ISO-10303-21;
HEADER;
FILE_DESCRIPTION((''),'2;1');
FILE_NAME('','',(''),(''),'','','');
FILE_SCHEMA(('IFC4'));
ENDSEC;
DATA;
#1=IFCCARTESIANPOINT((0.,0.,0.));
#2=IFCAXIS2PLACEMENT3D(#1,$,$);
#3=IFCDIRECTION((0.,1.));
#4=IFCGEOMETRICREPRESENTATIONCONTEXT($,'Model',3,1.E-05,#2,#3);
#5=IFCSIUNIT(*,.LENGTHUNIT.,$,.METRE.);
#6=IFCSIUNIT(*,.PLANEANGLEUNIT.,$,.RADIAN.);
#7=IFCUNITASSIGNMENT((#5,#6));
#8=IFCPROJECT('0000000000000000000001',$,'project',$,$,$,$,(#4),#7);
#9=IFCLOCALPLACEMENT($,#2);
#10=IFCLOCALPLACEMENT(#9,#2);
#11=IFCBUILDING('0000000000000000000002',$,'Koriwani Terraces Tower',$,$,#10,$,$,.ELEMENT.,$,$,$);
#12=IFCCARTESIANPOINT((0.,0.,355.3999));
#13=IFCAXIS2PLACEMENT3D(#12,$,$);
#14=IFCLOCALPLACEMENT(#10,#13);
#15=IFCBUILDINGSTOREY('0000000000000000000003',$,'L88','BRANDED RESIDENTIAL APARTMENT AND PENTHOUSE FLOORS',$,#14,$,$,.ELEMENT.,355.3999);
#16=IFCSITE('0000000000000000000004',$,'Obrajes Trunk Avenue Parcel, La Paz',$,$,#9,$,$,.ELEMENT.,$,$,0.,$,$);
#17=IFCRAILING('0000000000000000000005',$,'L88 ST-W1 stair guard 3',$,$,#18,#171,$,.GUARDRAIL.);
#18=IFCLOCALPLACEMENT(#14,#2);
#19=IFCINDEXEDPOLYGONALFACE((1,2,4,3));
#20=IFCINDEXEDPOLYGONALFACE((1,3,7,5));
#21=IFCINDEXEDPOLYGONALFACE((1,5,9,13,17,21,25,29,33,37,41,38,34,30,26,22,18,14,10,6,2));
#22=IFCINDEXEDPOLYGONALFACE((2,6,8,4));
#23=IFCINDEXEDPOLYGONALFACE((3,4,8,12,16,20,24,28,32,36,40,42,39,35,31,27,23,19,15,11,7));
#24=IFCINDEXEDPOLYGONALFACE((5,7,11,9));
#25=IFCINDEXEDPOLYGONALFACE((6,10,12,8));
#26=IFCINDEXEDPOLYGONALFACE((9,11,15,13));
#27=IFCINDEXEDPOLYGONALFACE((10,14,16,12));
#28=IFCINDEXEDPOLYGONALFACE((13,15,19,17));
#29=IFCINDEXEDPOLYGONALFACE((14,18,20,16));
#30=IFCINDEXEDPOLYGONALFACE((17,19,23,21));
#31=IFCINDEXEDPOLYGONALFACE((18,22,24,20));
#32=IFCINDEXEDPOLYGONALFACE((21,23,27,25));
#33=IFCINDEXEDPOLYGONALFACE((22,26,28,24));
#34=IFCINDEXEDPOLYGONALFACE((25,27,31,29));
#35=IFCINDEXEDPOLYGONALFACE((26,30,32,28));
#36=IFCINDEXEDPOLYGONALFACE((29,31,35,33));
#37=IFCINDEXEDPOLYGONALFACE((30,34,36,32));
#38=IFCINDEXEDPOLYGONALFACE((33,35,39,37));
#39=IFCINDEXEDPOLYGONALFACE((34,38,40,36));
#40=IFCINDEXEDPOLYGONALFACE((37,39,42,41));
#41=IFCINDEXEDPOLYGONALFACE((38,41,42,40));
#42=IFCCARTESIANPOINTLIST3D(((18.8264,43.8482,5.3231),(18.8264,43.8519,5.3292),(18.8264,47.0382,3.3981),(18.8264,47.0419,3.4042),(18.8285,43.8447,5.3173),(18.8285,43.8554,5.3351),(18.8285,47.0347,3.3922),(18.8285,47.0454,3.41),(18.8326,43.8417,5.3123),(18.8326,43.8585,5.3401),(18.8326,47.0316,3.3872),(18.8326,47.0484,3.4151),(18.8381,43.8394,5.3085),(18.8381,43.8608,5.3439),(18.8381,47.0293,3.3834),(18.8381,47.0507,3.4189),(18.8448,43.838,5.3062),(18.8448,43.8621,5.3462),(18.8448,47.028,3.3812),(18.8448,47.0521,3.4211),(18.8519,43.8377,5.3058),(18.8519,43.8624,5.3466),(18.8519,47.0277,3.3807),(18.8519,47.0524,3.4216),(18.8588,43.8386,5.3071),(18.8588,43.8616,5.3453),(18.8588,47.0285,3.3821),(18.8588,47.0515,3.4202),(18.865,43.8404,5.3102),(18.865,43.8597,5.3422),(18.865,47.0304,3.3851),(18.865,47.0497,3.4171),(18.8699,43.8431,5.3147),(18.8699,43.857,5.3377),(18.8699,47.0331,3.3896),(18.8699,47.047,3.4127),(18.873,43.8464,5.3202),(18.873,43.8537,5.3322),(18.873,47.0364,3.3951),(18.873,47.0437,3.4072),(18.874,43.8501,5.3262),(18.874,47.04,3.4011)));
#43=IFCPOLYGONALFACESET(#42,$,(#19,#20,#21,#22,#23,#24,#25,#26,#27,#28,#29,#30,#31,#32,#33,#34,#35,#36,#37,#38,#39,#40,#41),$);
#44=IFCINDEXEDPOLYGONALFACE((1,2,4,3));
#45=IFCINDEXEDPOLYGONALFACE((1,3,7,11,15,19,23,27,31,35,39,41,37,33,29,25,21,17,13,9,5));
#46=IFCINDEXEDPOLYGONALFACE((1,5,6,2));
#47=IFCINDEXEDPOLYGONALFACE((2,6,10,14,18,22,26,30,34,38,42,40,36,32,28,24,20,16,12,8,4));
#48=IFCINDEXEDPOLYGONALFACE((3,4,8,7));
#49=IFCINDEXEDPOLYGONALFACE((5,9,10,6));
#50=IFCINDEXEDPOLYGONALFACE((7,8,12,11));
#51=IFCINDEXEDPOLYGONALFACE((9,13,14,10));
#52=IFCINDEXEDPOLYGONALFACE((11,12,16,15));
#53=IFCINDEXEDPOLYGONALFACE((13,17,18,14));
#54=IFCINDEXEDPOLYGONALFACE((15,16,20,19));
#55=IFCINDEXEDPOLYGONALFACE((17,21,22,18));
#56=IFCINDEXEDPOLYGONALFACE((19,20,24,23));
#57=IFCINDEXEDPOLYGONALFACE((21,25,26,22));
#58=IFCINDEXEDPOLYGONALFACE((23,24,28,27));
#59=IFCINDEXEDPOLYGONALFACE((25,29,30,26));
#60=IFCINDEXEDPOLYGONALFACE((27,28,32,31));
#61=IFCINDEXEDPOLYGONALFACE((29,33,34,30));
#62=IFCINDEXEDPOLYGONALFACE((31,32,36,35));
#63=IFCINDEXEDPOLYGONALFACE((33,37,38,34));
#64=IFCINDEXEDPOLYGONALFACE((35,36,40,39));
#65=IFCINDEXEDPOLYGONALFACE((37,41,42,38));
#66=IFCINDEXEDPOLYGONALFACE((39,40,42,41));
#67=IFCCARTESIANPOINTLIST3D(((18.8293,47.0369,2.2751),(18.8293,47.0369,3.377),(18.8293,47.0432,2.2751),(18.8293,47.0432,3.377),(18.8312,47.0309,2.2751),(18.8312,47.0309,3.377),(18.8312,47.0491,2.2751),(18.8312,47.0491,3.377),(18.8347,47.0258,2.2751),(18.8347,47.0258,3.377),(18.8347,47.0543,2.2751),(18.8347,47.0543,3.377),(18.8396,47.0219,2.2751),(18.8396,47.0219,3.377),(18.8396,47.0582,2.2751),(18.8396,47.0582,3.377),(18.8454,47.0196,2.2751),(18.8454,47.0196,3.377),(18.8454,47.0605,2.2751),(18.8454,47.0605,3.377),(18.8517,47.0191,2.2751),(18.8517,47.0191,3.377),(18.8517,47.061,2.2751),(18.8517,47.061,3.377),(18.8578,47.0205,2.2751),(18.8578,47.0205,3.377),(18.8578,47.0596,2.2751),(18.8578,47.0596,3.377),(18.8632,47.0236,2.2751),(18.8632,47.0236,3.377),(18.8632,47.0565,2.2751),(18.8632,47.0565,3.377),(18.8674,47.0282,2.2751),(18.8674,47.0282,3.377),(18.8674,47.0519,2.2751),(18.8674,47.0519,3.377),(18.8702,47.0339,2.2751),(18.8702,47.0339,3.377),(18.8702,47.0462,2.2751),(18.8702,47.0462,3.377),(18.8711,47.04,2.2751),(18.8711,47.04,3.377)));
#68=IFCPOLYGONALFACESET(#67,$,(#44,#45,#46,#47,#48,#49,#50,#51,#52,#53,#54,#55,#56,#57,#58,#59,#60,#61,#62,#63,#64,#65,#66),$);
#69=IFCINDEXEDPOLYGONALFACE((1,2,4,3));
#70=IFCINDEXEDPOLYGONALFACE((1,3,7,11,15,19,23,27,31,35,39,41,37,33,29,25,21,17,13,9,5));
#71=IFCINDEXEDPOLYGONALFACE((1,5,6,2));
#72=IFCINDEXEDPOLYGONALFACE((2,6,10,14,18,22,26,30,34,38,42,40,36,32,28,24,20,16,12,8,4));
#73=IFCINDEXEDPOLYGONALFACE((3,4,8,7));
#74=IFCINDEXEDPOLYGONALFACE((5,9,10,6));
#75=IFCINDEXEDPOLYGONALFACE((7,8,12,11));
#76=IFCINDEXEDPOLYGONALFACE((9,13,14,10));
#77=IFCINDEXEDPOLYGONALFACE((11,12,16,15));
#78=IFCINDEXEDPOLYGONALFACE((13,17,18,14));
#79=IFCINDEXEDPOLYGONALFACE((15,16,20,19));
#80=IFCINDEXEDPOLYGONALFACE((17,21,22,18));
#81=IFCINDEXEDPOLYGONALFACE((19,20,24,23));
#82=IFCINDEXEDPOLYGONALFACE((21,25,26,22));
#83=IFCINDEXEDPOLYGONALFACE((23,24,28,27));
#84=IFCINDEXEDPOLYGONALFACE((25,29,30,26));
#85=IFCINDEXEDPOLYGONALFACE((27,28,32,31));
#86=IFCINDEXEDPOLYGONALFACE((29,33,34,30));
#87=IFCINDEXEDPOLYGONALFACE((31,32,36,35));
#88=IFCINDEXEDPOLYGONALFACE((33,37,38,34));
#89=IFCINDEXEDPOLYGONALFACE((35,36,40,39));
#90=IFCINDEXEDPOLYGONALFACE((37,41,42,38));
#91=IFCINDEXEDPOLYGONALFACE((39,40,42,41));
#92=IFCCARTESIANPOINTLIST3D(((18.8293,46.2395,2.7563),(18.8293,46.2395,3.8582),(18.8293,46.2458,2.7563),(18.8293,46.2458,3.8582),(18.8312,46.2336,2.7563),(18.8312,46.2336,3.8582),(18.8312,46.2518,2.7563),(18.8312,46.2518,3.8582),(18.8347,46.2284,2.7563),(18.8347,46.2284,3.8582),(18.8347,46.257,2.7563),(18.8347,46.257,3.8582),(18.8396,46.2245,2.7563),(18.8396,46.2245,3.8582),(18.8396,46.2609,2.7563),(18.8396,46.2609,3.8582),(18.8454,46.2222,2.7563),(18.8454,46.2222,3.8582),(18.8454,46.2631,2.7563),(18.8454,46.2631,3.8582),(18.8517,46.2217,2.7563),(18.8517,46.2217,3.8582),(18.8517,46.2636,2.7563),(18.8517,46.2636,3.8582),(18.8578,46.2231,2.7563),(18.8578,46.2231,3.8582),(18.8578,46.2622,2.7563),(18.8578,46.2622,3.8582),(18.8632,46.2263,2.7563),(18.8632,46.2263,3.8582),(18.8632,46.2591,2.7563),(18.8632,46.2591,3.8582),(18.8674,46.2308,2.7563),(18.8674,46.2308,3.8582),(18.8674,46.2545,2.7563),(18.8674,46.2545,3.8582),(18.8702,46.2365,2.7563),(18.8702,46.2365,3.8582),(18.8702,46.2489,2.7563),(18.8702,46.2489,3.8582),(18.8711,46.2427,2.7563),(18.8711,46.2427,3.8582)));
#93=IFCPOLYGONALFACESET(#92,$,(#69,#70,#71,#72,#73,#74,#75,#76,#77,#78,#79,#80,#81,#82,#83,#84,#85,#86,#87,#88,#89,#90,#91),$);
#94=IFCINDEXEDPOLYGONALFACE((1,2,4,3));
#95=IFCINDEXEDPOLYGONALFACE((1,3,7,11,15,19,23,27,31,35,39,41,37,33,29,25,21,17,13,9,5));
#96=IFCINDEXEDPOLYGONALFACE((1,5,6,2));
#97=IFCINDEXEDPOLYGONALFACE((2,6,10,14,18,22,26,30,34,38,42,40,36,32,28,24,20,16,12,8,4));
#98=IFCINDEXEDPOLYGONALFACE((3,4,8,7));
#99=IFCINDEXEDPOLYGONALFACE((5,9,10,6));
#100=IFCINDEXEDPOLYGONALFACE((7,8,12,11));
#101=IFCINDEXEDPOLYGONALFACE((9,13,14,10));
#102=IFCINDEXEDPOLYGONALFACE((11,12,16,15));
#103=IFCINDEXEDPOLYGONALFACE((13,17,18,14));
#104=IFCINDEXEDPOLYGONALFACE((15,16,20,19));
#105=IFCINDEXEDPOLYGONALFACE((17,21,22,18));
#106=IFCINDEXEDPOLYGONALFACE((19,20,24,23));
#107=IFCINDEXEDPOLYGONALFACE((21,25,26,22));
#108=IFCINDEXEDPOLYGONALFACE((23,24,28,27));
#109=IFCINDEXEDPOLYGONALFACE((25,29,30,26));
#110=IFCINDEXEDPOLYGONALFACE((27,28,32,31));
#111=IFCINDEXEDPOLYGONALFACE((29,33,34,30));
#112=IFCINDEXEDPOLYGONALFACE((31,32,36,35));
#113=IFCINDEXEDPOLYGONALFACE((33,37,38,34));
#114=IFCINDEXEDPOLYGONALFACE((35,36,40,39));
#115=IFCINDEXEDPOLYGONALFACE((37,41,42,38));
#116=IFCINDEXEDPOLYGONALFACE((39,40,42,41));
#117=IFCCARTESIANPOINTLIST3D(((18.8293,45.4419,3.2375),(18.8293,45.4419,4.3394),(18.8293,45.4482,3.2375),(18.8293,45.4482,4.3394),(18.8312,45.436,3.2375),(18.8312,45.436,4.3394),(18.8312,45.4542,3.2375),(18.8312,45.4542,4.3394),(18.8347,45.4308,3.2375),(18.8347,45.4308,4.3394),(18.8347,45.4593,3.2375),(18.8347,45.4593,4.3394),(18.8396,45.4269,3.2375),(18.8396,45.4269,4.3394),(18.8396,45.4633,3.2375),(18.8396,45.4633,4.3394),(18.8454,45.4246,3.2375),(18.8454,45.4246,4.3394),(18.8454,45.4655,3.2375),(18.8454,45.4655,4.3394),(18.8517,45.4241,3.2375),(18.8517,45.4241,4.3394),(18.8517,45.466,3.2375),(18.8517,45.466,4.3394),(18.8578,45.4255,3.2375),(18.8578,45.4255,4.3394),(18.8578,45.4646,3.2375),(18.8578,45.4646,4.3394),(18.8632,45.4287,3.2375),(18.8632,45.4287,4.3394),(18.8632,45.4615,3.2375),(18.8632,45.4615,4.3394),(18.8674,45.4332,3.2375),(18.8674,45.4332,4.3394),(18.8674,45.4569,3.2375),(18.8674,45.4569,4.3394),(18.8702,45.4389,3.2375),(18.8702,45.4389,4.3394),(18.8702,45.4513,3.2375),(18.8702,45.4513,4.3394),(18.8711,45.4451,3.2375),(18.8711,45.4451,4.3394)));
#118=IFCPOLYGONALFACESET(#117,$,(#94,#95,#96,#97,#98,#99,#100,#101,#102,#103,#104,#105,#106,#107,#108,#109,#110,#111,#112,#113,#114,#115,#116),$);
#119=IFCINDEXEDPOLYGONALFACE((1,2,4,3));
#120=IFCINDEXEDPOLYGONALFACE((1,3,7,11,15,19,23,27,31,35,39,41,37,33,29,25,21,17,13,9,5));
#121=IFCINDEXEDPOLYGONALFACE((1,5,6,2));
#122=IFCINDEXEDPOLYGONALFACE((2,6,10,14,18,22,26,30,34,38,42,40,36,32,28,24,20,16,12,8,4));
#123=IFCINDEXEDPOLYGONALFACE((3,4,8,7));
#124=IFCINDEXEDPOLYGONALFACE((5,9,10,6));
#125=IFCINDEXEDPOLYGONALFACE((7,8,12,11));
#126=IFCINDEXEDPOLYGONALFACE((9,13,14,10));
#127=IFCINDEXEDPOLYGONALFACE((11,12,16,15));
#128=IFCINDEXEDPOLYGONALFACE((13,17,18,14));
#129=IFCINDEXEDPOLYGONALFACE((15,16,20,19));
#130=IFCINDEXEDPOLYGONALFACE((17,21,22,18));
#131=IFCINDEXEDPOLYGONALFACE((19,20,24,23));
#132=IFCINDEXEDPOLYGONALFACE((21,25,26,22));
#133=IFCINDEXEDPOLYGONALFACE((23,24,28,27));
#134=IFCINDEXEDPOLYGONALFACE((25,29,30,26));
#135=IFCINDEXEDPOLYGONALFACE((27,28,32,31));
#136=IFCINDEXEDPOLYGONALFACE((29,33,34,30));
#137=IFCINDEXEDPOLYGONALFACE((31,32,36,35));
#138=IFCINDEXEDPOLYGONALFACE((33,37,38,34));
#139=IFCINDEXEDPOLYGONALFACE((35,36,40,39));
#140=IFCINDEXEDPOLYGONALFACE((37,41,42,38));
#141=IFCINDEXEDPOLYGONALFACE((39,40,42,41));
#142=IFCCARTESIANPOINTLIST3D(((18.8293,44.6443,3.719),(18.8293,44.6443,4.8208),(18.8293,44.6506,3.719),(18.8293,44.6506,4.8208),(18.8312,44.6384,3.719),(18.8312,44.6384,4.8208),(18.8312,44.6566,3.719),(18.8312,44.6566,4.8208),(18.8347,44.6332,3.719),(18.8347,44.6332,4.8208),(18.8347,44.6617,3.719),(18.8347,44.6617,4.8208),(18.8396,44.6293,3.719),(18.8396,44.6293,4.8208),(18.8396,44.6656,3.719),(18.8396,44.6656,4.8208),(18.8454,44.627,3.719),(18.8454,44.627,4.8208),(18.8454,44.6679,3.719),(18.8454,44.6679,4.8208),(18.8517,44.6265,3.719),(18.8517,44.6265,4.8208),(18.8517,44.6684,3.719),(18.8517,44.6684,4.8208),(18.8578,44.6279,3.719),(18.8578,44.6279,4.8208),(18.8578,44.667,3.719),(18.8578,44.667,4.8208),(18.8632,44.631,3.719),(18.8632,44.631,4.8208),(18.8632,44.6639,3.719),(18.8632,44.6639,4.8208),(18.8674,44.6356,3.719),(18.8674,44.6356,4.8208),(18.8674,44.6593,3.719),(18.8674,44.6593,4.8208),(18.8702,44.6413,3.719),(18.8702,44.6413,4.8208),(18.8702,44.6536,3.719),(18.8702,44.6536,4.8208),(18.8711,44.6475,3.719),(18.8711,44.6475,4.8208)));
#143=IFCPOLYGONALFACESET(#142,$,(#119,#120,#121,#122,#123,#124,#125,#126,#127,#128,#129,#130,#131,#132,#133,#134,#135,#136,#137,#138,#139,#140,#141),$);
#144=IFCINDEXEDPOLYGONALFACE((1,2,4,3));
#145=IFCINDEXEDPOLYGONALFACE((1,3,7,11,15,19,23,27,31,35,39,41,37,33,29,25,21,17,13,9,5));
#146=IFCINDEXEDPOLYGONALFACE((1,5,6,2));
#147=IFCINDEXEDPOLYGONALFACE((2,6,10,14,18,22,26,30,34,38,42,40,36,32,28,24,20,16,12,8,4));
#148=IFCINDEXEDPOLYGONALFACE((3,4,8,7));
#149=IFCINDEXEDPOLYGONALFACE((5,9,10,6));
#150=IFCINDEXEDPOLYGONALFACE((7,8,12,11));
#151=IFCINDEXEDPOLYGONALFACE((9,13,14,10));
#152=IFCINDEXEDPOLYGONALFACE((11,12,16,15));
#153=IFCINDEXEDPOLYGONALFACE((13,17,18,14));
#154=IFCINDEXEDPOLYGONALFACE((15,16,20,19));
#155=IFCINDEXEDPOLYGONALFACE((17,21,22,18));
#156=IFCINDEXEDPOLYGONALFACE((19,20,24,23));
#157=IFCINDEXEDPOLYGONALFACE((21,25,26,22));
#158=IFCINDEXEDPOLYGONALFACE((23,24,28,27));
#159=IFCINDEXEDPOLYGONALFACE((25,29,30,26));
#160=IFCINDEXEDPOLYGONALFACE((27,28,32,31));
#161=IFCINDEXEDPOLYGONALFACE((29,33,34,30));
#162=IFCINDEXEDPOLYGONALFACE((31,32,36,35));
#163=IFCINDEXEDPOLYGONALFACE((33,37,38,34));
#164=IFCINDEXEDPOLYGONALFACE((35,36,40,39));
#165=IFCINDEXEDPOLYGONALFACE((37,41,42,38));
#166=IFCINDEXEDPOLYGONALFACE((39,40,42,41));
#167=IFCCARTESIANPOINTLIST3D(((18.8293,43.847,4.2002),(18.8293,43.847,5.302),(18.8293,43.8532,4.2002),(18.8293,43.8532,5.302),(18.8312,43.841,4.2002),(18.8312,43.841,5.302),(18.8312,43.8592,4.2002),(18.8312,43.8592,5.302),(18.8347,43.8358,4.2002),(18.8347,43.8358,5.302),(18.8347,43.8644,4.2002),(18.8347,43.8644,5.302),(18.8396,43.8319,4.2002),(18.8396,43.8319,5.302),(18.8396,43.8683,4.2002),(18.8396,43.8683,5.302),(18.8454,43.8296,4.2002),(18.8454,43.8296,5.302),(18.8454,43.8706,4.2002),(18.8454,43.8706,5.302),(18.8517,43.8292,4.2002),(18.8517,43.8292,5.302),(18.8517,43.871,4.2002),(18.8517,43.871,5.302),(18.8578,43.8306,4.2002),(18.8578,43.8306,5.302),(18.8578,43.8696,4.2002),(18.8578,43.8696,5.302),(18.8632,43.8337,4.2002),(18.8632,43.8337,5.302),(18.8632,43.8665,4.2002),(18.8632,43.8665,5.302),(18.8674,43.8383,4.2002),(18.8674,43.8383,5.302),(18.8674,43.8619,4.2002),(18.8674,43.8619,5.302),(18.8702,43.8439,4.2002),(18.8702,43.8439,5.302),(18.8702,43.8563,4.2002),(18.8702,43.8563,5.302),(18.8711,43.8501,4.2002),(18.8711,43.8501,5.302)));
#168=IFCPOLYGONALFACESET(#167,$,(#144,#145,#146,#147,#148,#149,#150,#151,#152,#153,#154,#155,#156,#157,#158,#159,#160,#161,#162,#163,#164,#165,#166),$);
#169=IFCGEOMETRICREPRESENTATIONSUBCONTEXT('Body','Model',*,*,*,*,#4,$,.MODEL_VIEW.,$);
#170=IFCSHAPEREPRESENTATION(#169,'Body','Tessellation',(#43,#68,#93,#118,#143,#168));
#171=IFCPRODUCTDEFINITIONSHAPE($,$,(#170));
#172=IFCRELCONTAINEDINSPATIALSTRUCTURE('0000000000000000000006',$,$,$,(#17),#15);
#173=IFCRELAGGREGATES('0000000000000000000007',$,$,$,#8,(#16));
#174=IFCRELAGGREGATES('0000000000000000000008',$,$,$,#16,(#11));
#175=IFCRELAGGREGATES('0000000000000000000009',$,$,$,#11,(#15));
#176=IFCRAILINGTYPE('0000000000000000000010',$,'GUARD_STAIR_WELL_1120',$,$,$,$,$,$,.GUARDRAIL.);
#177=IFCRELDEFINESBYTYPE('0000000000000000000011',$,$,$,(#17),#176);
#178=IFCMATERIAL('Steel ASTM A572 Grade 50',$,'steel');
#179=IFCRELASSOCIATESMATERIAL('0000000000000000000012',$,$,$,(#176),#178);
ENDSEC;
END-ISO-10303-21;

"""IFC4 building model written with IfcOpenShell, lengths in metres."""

from ifc_helpers import new_model, si_unit, direction, frame, origin, origin_2d, place, context, subcontext, project, spatial, circle, extrude, material, type_object, element, save


model = new_model("IFC4")

# Units and contexts
model_context = context("Model", 3, precision=1e-05, world=origin(), true_north=direction((0.0, 1.0)))
body_context = subcontext(model_context, "Body", "Model", "MODEL_VIEW")
ifc_project = project(units=[si_unit("LENGTHUNIT", "METRE"), si_unit("PLANEANGLEUNIT", "RADIAN")], contexts=[model_context])

# Site, building, storey
site_placement = place(None, origin())
site = spatial("IfcSite", under=ifc_project, at=site_placement, Name="Obrajes Trunk Avenue Parcel, La Paz", CompositionType="ELEMENT", RefElevation=0.0)
building_placement = place(site_placement, origin())
building = spatial("IfcBuilding", under=site, at=building_placement, Name="Koriwani Terraces Tower", CompositionType="ELEMENT")
storey_placement = place(building_placement, frame((0.0, 0.0, 355.3999)))
storey = spatial("IfcBuildingStorey", under=building, at=storey_placement, Name="L88", Description="BRANDED RESIDENTIAL APARTMENT AND PENTHOUSE FLOORS", CompositionType="ELEMENT", Elevation=355.3999)

# Shared definitions
ifc_material_1 = material(Name="Steel ASTM A572 Grade 50", Category="steel")

# Railing
railing_type_1 = type_object("IfcRailingType", Name="GUARD_STAIR_WELL_1120", PredefinedType="GUARDRAIL", material=ifc_material_1)
railing_1_placement = place(storey_placement, frame((18.8501, 47.04, 2.2751)))
element("IfcRailing", 1, at=railing_1_placement, inside=storey, type_object=railing_type_1, Name="L88 ST-W1 stair guard 3", PredefinedType="GUARDRAIL", context=body_context, shape_type="SweptSolid", body=[
    extrude(circle(Radius=0.0239, at=origin_2d()), frame((0.0, 0.0, 1.126), z_axis=(0.0, -0.856178, 0.516682), x_axis=(1.0, 0.0, 0.0)), (0.0, 0.0, 1.0), 3.7258),
    extrude(circle(Radius=0.021, at=origin_2d()), origin(), (0.0, 0.0, 1.0), 1.1018),
    extrude(circle(Radius=0.021, at=origin_2d()), frame((0.0, -0.7974, 0.4812)), (0.0, 0.0, 1.0), 1.1018),
    extrude(circle(Radius=0.021, at=origin_2d()), frame((0.0, -1.595, 0.9624)), (0.0, 0.0, 1.0), 1.1018),
    extrude(circle(Radius=0.021, at=origin_2d()), frame((0.0, -2.3926, 1.4438)), (0.0, 0.0, 1.0), 1.1018),
    extrude(circle(Radius=0.021, at=origin_2d()), frame((0.0, -3.1899, 1.925)), (0.0, 0.0, 1.0), 1.1018),
])

save(model, "model.ifc")
